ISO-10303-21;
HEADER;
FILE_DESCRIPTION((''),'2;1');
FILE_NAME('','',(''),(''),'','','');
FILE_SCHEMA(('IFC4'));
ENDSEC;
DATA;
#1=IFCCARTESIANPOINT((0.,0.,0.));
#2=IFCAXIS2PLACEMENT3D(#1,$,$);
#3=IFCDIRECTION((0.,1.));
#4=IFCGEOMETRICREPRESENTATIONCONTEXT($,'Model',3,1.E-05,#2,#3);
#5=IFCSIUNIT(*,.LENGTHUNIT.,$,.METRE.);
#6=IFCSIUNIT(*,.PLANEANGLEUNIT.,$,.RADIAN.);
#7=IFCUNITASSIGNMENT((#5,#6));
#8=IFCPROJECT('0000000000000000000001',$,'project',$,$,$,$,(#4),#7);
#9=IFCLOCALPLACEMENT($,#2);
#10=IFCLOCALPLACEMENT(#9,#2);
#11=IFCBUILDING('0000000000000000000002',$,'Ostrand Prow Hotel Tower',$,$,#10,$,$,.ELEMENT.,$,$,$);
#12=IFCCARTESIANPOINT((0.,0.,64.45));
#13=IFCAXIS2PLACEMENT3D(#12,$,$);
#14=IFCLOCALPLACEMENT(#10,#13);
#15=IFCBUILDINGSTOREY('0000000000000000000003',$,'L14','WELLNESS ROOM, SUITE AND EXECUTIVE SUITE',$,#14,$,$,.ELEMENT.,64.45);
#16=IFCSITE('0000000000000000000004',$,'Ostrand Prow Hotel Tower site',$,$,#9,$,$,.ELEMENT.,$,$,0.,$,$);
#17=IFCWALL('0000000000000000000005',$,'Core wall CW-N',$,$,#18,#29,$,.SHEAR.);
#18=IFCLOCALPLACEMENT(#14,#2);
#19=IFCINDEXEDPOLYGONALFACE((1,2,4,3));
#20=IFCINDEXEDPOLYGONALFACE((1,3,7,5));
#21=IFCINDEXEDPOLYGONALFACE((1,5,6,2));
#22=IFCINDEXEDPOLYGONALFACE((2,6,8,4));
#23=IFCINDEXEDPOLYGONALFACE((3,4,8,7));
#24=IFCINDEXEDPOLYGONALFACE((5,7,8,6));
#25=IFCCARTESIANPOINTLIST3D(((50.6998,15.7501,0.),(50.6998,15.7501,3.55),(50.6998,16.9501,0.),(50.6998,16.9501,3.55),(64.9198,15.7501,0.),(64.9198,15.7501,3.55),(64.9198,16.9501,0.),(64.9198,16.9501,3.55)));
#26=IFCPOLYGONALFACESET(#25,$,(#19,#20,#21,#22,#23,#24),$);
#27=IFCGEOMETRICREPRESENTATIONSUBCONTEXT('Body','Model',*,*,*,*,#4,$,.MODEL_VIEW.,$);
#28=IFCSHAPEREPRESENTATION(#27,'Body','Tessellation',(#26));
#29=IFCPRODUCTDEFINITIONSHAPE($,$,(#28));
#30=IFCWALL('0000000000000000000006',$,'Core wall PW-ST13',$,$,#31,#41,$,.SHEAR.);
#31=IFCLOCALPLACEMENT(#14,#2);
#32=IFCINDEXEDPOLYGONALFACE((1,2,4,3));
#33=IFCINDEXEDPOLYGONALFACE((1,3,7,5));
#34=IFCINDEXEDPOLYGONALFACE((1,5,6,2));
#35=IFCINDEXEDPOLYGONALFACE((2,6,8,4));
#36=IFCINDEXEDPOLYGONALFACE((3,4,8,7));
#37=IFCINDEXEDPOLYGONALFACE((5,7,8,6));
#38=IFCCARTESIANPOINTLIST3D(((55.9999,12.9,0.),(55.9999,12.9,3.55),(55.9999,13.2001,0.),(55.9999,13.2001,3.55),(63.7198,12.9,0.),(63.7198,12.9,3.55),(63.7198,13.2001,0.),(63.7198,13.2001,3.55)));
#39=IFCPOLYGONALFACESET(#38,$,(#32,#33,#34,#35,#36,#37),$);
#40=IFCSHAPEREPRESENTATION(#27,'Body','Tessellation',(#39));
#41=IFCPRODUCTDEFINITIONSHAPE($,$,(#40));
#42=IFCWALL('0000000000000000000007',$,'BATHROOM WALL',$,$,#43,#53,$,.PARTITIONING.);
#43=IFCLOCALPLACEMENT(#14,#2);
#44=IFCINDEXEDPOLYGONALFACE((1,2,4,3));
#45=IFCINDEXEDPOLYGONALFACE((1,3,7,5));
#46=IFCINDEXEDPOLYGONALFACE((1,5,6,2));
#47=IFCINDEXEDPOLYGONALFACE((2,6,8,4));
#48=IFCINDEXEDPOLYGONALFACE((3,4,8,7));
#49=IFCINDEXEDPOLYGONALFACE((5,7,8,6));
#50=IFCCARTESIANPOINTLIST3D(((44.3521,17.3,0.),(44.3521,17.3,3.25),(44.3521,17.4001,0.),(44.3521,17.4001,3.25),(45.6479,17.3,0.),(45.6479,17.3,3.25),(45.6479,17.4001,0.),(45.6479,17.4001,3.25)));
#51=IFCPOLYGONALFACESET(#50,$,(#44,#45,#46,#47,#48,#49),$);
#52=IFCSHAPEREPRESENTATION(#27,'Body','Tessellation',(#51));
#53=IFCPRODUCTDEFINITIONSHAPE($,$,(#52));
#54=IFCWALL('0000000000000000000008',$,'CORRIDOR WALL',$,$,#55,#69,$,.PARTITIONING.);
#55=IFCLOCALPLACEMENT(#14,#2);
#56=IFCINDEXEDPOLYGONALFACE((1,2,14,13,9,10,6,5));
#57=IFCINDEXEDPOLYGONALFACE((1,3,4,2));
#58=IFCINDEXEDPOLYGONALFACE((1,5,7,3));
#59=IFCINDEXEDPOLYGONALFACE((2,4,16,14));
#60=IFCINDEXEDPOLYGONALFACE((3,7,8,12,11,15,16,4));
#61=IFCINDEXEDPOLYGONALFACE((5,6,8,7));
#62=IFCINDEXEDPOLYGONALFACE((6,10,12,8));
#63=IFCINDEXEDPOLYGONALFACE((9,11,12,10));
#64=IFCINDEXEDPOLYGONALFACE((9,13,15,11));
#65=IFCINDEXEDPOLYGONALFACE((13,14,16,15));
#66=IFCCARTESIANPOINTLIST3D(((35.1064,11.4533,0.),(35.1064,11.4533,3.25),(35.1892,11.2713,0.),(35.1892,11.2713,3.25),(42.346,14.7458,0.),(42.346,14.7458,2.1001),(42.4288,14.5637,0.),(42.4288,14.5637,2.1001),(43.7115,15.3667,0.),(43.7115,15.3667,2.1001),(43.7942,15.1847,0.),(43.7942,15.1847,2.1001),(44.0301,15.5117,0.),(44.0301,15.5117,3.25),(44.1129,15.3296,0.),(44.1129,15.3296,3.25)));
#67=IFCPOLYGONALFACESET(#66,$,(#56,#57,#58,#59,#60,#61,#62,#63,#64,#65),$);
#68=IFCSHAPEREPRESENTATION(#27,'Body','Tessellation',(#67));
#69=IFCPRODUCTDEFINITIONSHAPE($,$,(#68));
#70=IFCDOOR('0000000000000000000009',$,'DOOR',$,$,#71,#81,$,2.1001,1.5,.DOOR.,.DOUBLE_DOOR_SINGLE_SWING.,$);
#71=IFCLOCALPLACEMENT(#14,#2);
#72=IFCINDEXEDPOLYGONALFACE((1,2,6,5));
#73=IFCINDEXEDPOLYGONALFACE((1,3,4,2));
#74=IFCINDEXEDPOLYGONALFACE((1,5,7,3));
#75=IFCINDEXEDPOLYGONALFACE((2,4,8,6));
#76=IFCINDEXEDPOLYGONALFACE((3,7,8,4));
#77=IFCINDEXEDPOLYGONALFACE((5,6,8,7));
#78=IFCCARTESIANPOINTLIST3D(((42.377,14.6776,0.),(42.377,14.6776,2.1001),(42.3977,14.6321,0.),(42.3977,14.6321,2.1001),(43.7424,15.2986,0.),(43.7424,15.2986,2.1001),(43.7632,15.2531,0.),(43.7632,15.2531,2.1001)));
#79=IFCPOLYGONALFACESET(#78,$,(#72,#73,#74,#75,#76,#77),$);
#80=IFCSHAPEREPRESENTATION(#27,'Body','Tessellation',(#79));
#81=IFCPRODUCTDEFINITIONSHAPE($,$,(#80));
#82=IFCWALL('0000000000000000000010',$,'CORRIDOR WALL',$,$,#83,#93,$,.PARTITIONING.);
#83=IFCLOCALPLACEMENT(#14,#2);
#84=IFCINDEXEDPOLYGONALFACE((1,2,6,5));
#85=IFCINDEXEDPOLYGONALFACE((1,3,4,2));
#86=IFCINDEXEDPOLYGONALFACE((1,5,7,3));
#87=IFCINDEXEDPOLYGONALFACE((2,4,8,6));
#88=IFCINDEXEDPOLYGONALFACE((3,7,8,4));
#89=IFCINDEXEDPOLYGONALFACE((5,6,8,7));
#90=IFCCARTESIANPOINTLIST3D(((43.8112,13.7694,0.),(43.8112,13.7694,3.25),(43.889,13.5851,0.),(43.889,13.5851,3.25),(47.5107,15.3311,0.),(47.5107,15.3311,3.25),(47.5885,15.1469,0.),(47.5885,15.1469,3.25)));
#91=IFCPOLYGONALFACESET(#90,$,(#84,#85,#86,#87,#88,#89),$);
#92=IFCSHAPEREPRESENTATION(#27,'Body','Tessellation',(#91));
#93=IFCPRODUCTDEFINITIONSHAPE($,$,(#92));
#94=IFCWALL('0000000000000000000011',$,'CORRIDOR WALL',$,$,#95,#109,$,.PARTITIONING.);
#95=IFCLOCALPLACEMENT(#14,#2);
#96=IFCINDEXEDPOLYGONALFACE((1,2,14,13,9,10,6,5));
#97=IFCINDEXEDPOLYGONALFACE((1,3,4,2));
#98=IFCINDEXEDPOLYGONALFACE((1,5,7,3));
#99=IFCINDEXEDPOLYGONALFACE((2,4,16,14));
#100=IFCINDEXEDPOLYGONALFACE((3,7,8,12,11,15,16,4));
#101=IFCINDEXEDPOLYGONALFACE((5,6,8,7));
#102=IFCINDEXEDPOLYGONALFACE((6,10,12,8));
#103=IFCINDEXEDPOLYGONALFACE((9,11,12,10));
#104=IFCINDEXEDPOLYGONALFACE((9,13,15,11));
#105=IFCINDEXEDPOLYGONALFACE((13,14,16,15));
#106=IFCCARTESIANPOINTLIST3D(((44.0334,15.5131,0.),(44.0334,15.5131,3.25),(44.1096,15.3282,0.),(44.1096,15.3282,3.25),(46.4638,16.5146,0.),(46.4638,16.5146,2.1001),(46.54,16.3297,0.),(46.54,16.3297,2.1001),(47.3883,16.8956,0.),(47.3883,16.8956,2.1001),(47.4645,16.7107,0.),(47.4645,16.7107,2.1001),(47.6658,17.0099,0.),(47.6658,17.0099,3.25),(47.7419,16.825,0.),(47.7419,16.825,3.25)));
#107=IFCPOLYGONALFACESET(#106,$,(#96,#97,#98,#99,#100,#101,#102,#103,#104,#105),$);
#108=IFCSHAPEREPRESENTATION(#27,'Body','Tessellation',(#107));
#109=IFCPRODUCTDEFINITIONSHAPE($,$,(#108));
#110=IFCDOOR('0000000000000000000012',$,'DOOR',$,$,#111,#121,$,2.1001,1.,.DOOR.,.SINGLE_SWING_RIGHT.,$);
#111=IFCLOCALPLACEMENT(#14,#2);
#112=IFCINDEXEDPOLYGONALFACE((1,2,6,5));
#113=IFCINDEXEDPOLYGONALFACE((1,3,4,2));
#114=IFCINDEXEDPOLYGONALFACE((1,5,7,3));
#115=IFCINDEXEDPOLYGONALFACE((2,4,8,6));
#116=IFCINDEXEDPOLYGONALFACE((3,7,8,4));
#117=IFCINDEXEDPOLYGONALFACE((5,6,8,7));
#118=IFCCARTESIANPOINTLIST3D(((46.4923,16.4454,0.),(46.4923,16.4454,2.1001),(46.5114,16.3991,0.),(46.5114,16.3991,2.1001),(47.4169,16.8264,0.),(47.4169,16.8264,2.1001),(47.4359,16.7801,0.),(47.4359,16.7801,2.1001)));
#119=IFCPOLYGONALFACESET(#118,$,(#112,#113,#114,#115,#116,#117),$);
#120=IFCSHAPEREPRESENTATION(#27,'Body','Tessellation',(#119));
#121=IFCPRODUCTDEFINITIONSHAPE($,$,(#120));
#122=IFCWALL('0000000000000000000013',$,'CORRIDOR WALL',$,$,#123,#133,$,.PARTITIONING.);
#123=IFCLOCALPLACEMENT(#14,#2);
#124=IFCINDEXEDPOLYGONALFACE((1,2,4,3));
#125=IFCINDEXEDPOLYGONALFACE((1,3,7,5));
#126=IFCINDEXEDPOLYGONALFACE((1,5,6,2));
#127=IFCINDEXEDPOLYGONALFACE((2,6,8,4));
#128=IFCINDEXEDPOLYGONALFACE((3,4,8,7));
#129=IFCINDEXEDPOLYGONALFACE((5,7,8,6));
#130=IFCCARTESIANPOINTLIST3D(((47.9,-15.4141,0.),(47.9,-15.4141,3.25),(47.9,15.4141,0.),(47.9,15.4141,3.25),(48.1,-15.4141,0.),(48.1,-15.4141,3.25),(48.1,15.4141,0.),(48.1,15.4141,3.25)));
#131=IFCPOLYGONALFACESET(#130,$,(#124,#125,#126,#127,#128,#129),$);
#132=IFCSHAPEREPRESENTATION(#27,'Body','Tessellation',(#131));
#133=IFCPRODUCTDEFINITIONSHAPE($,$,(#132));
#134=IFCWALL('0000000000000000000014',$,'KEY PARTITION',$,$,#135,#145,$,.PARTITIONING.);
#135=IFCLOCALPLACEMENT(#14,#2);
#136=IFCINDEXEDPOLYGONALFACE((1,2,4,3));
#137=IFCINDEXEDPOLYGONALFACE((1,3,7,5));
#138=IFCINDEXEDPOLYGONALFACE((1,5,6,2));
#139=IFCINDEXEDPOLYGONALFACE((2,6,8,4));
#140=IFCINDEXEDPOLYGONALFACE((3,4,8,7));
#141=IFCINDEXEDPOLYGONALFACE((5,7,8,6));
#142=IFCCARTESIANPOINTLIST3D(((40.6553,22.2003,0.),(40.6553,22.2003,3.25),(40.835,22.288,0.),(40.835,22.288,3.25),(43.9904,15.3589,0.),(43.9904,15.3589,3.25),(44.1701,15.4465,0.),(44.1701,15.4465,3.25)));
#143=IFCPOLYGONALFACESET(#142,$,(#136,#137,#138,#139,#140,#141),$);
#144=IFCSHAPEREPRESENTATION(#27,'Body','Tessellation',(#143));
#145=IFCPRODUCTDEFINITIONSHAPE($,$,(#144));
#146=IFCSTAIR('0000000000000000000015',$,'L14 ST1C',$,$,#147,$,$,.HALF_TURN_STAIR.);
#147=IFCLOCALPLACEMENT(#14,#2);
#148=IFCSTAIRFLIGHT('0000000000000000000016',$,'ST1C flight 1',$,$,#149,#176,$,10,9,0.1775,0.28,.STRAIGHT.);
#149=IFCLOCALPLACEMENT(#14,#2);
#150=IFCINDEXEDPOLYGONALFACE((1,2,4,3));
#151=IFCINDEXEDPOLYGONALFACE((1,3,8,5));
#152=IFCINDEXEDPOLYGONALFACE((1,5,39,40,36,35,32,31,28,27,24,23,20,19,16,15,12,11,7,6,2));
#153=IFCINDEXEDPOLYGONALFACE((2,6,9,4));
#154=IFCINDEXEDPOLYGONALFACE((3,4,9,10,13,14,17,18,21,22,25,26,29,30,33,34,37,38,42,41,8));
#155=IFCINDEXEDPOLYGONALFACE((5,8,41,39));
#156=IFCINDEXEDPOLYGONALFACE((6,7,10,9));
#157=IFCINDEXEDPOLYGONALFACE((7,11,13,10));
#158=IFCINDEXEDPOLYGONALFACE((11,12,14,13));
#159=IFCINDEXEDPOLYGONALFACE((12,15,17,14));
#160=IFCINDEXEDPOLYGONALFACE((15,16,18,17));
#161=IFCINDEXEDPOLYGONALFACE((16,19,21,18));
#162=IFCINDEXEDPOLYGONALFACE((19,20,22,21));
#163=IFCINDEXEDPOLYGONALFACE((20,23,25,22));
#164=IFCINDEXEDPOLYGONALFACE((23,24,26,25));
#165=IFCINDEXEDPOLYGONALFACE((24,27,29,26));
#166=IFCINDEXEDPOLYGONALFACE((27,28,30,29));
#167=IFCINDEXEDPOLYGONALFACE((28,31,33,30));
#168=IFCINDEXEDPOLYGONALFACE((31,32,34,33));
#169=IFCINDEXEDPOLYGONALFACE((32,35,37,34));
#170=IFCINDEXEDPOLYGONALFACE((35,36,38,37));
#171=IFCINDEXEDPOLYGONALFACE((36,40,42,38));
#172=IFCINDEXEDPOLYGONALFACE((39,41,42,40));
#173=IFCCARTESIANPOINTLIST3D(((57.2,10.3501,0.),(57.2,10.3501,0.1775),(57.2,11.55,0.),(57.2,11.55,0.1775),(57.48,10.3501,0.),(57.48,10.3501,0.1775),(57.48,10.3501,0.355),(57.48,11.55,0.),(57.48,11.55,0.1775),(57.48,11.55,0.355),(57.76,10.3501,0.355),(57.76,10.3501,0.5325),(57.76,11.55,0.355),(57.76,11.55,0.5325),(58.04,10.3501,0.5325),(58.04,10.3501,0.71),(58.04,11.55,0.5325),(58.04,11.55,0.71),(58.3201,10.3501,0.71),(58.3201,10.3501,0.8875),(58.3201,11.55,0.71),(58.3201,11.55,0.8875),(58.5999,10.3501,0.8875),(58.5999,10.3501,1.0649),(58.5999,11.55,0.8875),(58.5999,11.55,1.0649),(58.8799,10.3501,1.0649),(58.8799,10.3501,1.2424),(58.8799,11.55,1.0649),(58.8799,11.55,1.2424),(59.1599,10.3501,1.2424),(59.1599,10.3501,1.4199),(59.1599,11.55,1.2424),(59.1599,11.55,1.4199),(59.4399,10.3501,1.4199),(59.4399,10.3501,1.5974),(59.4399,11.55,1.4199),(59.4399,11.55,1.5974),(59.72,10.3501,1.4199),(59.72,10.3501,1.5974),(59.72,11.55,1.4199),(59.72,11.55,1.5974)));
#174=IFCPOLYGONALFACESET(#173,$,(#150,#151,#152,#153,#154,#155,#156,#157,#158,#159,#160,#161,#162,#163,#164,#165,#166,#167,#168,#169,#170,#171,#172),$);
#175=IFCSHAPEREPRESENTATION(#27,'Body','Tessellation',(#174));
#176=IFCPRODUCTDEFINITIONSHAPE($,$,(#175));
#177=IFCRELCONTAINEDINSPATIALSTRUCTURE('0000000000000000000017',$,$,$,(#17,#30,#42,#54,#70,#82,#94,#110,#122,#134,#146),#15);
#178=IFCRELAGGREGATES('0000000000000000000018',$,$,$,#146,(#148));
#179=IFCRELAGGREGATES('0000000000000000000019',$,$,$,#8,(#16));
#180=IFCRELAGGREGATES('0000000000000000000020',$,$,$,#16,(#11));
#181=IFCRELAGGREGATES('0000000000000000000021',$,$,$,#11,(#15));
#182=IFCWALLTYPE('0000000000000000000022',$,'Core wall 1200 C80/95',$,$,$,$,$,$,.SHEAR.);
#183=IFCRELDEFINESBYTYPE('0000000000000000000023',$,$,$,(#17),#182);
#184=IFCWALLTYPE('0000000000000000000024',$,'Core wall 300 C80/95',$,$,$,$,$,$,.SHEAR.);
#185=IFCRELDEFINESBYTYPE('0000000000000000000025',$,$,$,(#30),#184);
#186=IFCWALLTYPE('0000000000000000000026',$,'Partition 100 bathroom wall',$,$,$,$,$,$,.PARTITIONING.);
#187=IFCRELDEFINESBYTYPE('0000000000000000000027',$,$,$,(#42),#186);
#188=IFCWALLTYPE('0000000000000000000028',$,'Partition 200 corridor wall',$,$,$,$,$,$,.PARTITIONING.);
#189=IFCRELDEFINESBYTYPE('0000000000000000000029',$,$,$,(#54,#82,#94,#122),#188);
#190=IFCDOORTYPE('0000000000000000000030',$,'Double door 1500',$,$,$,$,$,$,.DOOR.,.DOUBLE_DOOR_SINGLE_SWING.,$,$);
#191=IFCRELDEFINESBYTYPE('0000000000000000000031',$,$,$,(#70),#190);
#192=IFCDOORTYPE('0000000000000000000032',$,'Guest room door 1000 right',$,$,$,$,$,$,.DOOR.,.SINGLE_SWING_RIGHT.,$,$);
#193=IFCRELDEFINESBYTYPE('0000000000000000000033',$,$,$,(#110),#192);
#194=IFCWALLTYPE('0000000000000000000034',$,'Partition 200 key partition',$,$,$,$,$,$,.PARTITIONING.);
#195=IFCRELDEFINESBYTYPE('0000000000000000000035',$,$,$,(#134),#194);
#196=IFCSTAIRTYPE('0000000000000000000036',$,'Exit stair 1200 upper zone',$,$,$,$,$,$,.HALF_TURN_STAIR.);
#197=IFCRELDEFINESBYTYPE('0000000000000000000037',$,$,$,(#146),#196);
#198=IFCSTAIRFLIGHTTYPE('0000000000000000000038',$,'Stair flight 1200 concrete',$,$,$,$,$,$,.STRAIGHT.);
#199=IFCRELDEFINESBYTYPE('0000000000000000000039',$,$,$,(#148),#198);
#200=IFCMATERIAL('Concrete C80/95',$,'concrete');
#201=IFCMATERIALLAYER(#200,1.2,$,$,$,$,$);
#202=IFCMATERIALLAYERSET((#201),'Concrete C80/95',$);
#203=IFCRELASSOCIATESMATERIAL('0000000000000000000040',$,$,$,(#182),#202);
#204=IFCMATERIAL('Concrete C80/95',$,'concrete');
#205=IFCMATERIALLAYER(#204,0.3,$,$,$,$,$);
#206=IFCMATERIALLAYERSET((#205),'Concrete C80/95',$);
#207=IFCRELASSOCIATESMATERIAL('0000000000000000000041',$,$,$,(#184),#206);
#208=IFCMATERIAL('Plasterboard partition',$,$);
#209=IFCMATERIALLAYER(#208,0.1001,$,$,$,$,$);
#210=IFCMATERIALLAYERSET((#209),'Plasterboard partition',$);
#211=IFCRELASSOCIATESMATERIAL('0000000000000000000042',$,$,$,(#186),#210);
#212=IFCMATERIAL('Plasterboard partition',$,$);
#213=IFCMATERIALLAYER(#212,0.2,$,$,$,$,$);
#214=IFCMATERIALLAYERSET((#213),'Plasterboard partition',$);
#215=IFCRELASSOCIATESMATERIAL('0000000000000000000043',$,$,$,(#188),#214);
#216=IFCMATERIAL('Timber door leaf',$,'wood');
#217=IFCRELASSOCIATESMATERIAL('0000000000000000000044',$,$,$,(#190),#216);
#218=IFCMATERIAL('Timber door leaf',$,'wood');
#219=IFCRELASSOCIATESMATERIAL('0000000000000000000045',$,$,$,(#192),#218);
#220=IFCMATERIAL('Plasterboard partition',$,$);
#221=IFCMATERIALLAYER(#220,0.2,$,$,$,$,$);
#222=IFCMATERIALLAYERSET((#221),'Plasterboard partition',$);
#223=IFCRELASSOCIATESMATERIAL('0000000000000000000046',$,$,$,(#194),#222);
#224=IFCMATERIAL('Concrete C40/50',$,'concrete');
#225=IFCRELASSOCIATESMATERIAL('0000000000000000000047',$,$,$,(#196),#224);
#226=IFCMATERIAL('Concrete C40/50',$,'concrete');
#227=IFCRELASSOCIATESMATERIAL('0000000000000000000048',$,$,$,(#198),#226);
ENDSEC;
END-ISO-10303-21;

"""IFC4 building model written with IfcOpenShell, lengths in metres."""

from ifc_helpers import new_model, si_unit, direction, frame, frame_2d, origin, place, context, subcontext, project, spatial, polyline, rectangle, outline, extrude, material, layer, layer_set, type_object, element, fill, aggregate, save


model = new_model("IFC4")

# Units and contexts
model_context = context("Model", 3, precision=1e-05, world=origin(), true_north=direction((0.0, 1.0)))
body_context = subcontext(model_context, "Body", "Model", "MODEL_VIEW")
ifc_project = project(units=[si_unit("LENGTHUNIT", "METRE"), si_unit("PLANEANGLEUNIT", "RADIAN")], contexts=[model_context])

# Site, building, storey
site_placement = place(None, origin())
site = spatial("IfcSite", under=ifc_project, at=site_placement, Name="Ostrand Prow Hotel Tower site", CompositionType="ELEMENT", RefElevation=0.0)
building_placement = place(site_placement, origin())
building = spatial("IfcBuilding", under=site, at=building_placement, Name="Ostrand Prow Hotel Tower", CompositionType="ELEMENT")
storey_placement = place(building_placement, frame((0.0, 0.0, 64.45)))
storey = spatial("IfcBuildingStorey", under=building, at=storey_placement, Name="L14", Description="WELLNESS ROOM, SUITE AND EXECUTIVE SUITE", CompositionType="ELEMENT", Elevation=64.45)

# Walls
ifc_material_1 = material(Name="Concrete C80/95", Category="concrete")
ifc_layer_1 = layer(ifc_material_1, 1.2)
ifc_layer_set_1 = layer_set([ifc_layer_1], Name="Concrete C80/95")
wall_type_1 = type_object("IfcWallType", Name="Core wall 1200 C80/95", PredefinedType="SHEAR", material=ifc_layer_set_1)
wall_1_placement = place(storey_placement, frame((50.7, 16.3501, 0.0), z_axis=(0.0, 0.0, 1.0), x_axis=(1.0, 0.0, 0.0)))
element("IfcWall", 1, at=wall_1_placement, inside=storey, type_object=wall_type_1, Name="Core wall CW-N", PredefinedType="SHEAR", context=body_context, shape_type="SweptSolid", body=[
    extrude(rectangle(XDim=14.22, YDim=1.2, at=frame_2d((7.1099, 0.0))), origin(), (0.0, 0.0, 1.0), 3.55),
])
ifc_material_2 = material(Name="Concrete C80/95", Category="concrete")
ifc_layer_2 = layer(ifc_material_2, 0.3)
ifc_layer_set_2 = layer_set([ifc_layer_2], Name="Concrete C80/95")
wall_type_2 = type_object("IfcWallType", Name="Core wall 300 C80/95", PredefinedType="SHEAR", material=ifc_layer_set_2)
wall_2_placement = place(storey_placement, frame((56.0, 13.05, 0.0), z_axis=(0.0, 0.0, 1.0), x_axis=(1.0, 0.0, 0.0)))
element("IfcWall", 2, at=wall_2_placement, inside=storey, type_object=wall_type_2, Name="Core wall PW-ST13", PredefinedType="SHEAR", context=body_context, shape_type="SweptSolid", body=[
    extrude(rectangle(XDim=7.72, YDim=0.3, at=frame_2d((3.8599, 0.0))), origin(), (0.0, 0.0, 1.0), 3.55),
])
ifc_material_3 = material(Name="Plasterboard partition")
ifc_layer_3 = layer(ifc_material_3, 0.1001)
ifc_layer_set_3 = layer_set([ifc_layer_3], Name="Plasterboard partition")
wall_type_3 = type_object("IfcWallType", Name="Partition 100 bathroom wall", PredefinedType="PARTITIONING", material=ifc_layer_set_3)
wall_3_placement = place(storey_placement, frame((44.3521, 17.3501, 0.0), z_axis=(0.0, 0.0, 1.0), x_axis=(1.0, 0.0, 0.0)))
element("IfcWall", 3, at=wall_3_placement, inside=storey, type_object=wall_type_3, Name="BATHROOM WALL", PredefinedType="PARTITIONING", context=body_context, shape_type="SweptSolid", body=[
    extrude(rectangle(XDim=1.2959, YDim=0.1001, at=frame_2d((0.6479, 0.0))), origin(), (0.0, 0.0, 1.0), 3.25),
])

# Wall, opening, door
ifc_material_4 = material(Name="Plasterboard partition")
ifc_layer_4 = layer(ifc_material_4, 0.2)
ifc_layer_set_4 = layer_set([ifc_layer_4], Name="Plasterboard partition")
wall_type_4 = type_object("IfcWallType", Name="Partition 200 corridor wall", PredefinedType="PARTITIONING", material=ifc_layer_set_4)
wall_4_placement = place(storey_placement, frame((44.0715, 15.4207, 0.0), z_axis=(0.0, 0.0, 1.0), x_axis=(-0.910287, -0.413977, 0.0)))
wall_4 = element("IfcWall", 4, at=wall_4_placement, inside=storey, type_object=wall_type_4, Name="CORRIDOR WALL", PredefinedType="PARTITIONING", context=body_context, shape_type="SweptSolid", body=[
    extrude(rectangle(XDim=9.8032, YDim=0.2, at=frame_2d((4.9016, 0.0))), origin(), (0.0, 0.0, 1.0), 3.25),
])
opening_1_placement = place(wall_4_placement, frame((0.3501, 0.0, 0.0)))
opening_1 = element("IfcOpeningElement", 5, at=opening_1_placement, cuts=wall_4, PredefinedType="OPENING", context=body_context, shape_type="SweptSolid", body=[
    extrude(rectangle(XDim=1.5, YDim=2.1001, at=frame_2d((0.75, 1.05))), frame((0.0, 0.1099, 0.0), z_axis=(0.0, -1.0, 0.0), x_axis=(1.0, 0.0, 0.0)), (0.0, 0.0, 1.0), 0.22),
])
ifc_material_5 = material(Name="Timber door leaf", Category="wood")
door_type_1 = type_object("IfcDoorType", Name="Double door 1500", OperationType="DOUBLE_DOOR_SINGLE_SWING", PredefinedType="DOOR", material=ifc_material_5)
door_1_placement = place(opening_1_placement, origin())
door_1 = element("IfcDoor", 6, at=door_1_placement, inside=storey, type_object=door_type_1, Name="DOOR", OperationType="DOUBLE_DOOR_SINGLE_SWING", OverallHeight=2.1001, OverallWidth=1.5, PredefinedType="DOOR", context=body_context, shape_type="SweptSolid", body=[
    extrude(rectangle(XDim=1.5, YDim=2.1001, at=frame_2d((0.75, 1.05))), frame((0.0, 0.0249, 0.0), z_axis=(0.0, -1.0, 0.0), x_axis=(1.0, 0.0, 0.0)), (0.0, 0.0, 1.0), 0.05),
])
fill(opening_1, door_1)

# Wall
wall_5_placement = place(storey_placement, frame((43.8501, 13.6772, 0.0), z_axis=(0.0, 0.0, 1.0), x_axis=(0.92127, 0.388924, 0.0)))
element("IfcWall", 7, at=wall_5_placement, inside=storey, type_object=wall_type_4, Name="CORRIDOR WALL", PredefinedType="PARTITIONING", context=body_context, shape_type="SweptSolid", body=[
    extrude(rectangle(XDim=4.0156, YDim=0.2, at=frame_2d((2.0078, 0.0))), origin(), (0.0, 0.0, 1.0), 3.25),
])

# Wall, opening, door
wall_6_placement = place(storey_placement, frame((47.7039, 16.9175, 0.0), z_axis=(0.0, 0.0, 1.0), x_axis=(-0.924574, -0.381003, 0.0)))
wall_6 = element("IfcWall", 8, at=wall_6_placement, inside=storey, type_object=wall_type_4, Name="CORRIDOR WALL", PredefinedType="PARTITIONING", context=body_context, shape_type="SweptSolid", body=[
    extrude(rectangle(XDim=3.9287, YDim=0.2, at=frame_2d((1.9644, 0.0))), origin(), (0.0, 0.0, 1.0), 3.25),
])
opening_2_placement = place(wall_6_placement, frame((0.3, 0.0, 0.0)))
opening_2 = element("IfcOpeningElement", 9, at=opening_2_placement, cuts=wall_6, PredefinedType="OPENING", context=body_context, shape_type="SweptSolid", body=[
    extrude(rectangle(XDim=1.0, YDim=2.1001, at=frame_2d((0.5, 1.05))), frame((0.0, 0.1099, 0.0), z_axis=(0.0, -1.0, 0.0), x_axis=(1.0, 0.0, 0.0)), (0.0, 0.0, 1.0), 0.22),
])
ifc_material_6 = material(Name="Timber door leaf", Category="wood")
door_type_2 = type_object("IfcDoorType", Name="Guest room door 1000 right", OperationType="SINGLE_SWING_RIGHT", PredefinedType="DOOR", material=ifc_material_6)
door_2_placement = place(opening_2_placement, origin())
door_2 = element("IfcDoor", 10, at=door_2_placement, inside=storey, type_object=door_type_2, Name="DOOR", OperationType="SINGLE_SWING_RIGHT", OverallHeight=2.1001, OverallWidth=1.0, PredefinedType="DOOR", context=body_context, shape_type="SweptSolid", body=[
    extrude(rectangle(XDim=1.0, YDim=2.1001, at=frame_2d((0.5, 1.05))), frame((0.0, 0.0249, 0.0), z_axis=(0.0, -1.0, 0.0), x_axis=(1.0, 0.0, 0.0)), (0.0, 0.0, 1.0), 0.05),
])
fill(opening_2, door_2)

# Walls
wall_7_placement = place(storey_placement, frame((48.0, 15.4141, 0.0), z_axis=(0.0, 0.0, 1.0), x_axis=(0.0, -1.0, 0.0)))
element("IfcWall", 11, at=wall_7_placement, inside=storey, type_object=wall_type_4, Name="CORRIDOR WALL", PredefinedType="PARTITIONING", context=body_context, shape_type="SweptSolid", body=[
    extrude(rectangle(XDim=30.8281, YDim=0.2, at=frame_2d((15.4141, 0.0))), origin(), (0.0, 0.0, 1.0), 3.25),
])
ifc_material_7 = material(Name="Plasterboard partition")
ifc_layer_5 = layer(ifc_material_7, 0.2)
ifc_layer_set_5 = layer_set([ifc_layer_5], Name="Plasterboard partition")
wall_type_5 = type_object("IfcWallType", Name="Partition 200 key partition", PredefinedType="PARTITIONING", material=ifc_layer_set_5)
wall_8_placement = place(storey_placement, frame((44.0803, 15.4026, 0.0), z_axis=(0.0, 0.0, 1.0), x_axis=(-0.438197, 0.898879, 0.0)))
element("IfcWall", 12, at=wall_8_placement, inside=storey, type_object=wall_type_5, Name="KEY PARTITION", PredefinedType="PARTITIONING", context=body_context, shape_type="SweptSolid", body=[
    extrude(rectangle(XDim=7.6111, YDim=0.2, at=frame_2d((3.8057, 0.0))), origin(), (0.0, 0.0, 1.0), 3.25),
])

# Stair, stair flight
ifc_material_8 = material(Name="Concrete C40/50", Category="concrete")
stair_type = type_object("IfcStairType", Name="Exit stair 1200 upper zone", PredefinedType="HALF_TURN_STAIR", material=ifc_material_8)
stair_placement = place(storey_placement, origin())
stair = element("IfcStair", 13, at=stair_placement, inside=storey, type_object=stair_type, Name="L14 ST1C", PredefinedType="HALF_TURN_STAIR")
ifc_material_9 = material(Name="Concrete C40/50", Category="concrete")
stair_flight_type = type_object("IfcStairFlightType", Name="Stair flight 1200 concrete", PredefinedType="STRAIGHT", material=ifc_material_9)
stair_flight_placement = place(storey_placement, frame((57.2, 10.95, 0.0), z_axis=(0.0, 0.0, 1.0), x_axis=(1.0, 0.0, 0.0)))
stair_flight = element("IfcStairFlight", 14, at=stair_flight_placement, type_object=stair_flight_type, Name="ST1C flight 1", NumberOfRisers=10, NumberOfTreads=9, PredefinedType="STRAIGHT", RiserHeight=0.1775, TreadLength=0.28, context=body_context, shape_type="SweptSolid", body=[
    extrude(outline(polyline([(0.0, 0.0), (0.0, 0.1775), (0.28, 0.1775), (0.28, 0.355), (0.5601, 0.355), (0.5601, 0.5325), (0.8401, 0.5325), (0.8401, 0.71), (1.1201, 0.71), (1.1201, 0.8875), (1.3999, 0.8875), (1.3999, 1.0649), (1.6799, 1.0649), (1.6799, 1.2424), (1.96, 1.2424), (1.96, 1.4199), (2.24, 1.4199), (2.24, 1.5974), (2.52, 1.5974), (2.52, 1.7749), (2.52, 1.4199), (0.28, 0.0), (0.0, 0.0)])), frame((0.0, 0.6001, 0.0), z_axis=(0.0, -1.0, 0.0), x_axis=(1.0, 0.0, 0.0)), (0.0, 0.0, 1.0), 1.2),
])
aggregate(stair, [stair_flight])

save(model, "model.ifc")
